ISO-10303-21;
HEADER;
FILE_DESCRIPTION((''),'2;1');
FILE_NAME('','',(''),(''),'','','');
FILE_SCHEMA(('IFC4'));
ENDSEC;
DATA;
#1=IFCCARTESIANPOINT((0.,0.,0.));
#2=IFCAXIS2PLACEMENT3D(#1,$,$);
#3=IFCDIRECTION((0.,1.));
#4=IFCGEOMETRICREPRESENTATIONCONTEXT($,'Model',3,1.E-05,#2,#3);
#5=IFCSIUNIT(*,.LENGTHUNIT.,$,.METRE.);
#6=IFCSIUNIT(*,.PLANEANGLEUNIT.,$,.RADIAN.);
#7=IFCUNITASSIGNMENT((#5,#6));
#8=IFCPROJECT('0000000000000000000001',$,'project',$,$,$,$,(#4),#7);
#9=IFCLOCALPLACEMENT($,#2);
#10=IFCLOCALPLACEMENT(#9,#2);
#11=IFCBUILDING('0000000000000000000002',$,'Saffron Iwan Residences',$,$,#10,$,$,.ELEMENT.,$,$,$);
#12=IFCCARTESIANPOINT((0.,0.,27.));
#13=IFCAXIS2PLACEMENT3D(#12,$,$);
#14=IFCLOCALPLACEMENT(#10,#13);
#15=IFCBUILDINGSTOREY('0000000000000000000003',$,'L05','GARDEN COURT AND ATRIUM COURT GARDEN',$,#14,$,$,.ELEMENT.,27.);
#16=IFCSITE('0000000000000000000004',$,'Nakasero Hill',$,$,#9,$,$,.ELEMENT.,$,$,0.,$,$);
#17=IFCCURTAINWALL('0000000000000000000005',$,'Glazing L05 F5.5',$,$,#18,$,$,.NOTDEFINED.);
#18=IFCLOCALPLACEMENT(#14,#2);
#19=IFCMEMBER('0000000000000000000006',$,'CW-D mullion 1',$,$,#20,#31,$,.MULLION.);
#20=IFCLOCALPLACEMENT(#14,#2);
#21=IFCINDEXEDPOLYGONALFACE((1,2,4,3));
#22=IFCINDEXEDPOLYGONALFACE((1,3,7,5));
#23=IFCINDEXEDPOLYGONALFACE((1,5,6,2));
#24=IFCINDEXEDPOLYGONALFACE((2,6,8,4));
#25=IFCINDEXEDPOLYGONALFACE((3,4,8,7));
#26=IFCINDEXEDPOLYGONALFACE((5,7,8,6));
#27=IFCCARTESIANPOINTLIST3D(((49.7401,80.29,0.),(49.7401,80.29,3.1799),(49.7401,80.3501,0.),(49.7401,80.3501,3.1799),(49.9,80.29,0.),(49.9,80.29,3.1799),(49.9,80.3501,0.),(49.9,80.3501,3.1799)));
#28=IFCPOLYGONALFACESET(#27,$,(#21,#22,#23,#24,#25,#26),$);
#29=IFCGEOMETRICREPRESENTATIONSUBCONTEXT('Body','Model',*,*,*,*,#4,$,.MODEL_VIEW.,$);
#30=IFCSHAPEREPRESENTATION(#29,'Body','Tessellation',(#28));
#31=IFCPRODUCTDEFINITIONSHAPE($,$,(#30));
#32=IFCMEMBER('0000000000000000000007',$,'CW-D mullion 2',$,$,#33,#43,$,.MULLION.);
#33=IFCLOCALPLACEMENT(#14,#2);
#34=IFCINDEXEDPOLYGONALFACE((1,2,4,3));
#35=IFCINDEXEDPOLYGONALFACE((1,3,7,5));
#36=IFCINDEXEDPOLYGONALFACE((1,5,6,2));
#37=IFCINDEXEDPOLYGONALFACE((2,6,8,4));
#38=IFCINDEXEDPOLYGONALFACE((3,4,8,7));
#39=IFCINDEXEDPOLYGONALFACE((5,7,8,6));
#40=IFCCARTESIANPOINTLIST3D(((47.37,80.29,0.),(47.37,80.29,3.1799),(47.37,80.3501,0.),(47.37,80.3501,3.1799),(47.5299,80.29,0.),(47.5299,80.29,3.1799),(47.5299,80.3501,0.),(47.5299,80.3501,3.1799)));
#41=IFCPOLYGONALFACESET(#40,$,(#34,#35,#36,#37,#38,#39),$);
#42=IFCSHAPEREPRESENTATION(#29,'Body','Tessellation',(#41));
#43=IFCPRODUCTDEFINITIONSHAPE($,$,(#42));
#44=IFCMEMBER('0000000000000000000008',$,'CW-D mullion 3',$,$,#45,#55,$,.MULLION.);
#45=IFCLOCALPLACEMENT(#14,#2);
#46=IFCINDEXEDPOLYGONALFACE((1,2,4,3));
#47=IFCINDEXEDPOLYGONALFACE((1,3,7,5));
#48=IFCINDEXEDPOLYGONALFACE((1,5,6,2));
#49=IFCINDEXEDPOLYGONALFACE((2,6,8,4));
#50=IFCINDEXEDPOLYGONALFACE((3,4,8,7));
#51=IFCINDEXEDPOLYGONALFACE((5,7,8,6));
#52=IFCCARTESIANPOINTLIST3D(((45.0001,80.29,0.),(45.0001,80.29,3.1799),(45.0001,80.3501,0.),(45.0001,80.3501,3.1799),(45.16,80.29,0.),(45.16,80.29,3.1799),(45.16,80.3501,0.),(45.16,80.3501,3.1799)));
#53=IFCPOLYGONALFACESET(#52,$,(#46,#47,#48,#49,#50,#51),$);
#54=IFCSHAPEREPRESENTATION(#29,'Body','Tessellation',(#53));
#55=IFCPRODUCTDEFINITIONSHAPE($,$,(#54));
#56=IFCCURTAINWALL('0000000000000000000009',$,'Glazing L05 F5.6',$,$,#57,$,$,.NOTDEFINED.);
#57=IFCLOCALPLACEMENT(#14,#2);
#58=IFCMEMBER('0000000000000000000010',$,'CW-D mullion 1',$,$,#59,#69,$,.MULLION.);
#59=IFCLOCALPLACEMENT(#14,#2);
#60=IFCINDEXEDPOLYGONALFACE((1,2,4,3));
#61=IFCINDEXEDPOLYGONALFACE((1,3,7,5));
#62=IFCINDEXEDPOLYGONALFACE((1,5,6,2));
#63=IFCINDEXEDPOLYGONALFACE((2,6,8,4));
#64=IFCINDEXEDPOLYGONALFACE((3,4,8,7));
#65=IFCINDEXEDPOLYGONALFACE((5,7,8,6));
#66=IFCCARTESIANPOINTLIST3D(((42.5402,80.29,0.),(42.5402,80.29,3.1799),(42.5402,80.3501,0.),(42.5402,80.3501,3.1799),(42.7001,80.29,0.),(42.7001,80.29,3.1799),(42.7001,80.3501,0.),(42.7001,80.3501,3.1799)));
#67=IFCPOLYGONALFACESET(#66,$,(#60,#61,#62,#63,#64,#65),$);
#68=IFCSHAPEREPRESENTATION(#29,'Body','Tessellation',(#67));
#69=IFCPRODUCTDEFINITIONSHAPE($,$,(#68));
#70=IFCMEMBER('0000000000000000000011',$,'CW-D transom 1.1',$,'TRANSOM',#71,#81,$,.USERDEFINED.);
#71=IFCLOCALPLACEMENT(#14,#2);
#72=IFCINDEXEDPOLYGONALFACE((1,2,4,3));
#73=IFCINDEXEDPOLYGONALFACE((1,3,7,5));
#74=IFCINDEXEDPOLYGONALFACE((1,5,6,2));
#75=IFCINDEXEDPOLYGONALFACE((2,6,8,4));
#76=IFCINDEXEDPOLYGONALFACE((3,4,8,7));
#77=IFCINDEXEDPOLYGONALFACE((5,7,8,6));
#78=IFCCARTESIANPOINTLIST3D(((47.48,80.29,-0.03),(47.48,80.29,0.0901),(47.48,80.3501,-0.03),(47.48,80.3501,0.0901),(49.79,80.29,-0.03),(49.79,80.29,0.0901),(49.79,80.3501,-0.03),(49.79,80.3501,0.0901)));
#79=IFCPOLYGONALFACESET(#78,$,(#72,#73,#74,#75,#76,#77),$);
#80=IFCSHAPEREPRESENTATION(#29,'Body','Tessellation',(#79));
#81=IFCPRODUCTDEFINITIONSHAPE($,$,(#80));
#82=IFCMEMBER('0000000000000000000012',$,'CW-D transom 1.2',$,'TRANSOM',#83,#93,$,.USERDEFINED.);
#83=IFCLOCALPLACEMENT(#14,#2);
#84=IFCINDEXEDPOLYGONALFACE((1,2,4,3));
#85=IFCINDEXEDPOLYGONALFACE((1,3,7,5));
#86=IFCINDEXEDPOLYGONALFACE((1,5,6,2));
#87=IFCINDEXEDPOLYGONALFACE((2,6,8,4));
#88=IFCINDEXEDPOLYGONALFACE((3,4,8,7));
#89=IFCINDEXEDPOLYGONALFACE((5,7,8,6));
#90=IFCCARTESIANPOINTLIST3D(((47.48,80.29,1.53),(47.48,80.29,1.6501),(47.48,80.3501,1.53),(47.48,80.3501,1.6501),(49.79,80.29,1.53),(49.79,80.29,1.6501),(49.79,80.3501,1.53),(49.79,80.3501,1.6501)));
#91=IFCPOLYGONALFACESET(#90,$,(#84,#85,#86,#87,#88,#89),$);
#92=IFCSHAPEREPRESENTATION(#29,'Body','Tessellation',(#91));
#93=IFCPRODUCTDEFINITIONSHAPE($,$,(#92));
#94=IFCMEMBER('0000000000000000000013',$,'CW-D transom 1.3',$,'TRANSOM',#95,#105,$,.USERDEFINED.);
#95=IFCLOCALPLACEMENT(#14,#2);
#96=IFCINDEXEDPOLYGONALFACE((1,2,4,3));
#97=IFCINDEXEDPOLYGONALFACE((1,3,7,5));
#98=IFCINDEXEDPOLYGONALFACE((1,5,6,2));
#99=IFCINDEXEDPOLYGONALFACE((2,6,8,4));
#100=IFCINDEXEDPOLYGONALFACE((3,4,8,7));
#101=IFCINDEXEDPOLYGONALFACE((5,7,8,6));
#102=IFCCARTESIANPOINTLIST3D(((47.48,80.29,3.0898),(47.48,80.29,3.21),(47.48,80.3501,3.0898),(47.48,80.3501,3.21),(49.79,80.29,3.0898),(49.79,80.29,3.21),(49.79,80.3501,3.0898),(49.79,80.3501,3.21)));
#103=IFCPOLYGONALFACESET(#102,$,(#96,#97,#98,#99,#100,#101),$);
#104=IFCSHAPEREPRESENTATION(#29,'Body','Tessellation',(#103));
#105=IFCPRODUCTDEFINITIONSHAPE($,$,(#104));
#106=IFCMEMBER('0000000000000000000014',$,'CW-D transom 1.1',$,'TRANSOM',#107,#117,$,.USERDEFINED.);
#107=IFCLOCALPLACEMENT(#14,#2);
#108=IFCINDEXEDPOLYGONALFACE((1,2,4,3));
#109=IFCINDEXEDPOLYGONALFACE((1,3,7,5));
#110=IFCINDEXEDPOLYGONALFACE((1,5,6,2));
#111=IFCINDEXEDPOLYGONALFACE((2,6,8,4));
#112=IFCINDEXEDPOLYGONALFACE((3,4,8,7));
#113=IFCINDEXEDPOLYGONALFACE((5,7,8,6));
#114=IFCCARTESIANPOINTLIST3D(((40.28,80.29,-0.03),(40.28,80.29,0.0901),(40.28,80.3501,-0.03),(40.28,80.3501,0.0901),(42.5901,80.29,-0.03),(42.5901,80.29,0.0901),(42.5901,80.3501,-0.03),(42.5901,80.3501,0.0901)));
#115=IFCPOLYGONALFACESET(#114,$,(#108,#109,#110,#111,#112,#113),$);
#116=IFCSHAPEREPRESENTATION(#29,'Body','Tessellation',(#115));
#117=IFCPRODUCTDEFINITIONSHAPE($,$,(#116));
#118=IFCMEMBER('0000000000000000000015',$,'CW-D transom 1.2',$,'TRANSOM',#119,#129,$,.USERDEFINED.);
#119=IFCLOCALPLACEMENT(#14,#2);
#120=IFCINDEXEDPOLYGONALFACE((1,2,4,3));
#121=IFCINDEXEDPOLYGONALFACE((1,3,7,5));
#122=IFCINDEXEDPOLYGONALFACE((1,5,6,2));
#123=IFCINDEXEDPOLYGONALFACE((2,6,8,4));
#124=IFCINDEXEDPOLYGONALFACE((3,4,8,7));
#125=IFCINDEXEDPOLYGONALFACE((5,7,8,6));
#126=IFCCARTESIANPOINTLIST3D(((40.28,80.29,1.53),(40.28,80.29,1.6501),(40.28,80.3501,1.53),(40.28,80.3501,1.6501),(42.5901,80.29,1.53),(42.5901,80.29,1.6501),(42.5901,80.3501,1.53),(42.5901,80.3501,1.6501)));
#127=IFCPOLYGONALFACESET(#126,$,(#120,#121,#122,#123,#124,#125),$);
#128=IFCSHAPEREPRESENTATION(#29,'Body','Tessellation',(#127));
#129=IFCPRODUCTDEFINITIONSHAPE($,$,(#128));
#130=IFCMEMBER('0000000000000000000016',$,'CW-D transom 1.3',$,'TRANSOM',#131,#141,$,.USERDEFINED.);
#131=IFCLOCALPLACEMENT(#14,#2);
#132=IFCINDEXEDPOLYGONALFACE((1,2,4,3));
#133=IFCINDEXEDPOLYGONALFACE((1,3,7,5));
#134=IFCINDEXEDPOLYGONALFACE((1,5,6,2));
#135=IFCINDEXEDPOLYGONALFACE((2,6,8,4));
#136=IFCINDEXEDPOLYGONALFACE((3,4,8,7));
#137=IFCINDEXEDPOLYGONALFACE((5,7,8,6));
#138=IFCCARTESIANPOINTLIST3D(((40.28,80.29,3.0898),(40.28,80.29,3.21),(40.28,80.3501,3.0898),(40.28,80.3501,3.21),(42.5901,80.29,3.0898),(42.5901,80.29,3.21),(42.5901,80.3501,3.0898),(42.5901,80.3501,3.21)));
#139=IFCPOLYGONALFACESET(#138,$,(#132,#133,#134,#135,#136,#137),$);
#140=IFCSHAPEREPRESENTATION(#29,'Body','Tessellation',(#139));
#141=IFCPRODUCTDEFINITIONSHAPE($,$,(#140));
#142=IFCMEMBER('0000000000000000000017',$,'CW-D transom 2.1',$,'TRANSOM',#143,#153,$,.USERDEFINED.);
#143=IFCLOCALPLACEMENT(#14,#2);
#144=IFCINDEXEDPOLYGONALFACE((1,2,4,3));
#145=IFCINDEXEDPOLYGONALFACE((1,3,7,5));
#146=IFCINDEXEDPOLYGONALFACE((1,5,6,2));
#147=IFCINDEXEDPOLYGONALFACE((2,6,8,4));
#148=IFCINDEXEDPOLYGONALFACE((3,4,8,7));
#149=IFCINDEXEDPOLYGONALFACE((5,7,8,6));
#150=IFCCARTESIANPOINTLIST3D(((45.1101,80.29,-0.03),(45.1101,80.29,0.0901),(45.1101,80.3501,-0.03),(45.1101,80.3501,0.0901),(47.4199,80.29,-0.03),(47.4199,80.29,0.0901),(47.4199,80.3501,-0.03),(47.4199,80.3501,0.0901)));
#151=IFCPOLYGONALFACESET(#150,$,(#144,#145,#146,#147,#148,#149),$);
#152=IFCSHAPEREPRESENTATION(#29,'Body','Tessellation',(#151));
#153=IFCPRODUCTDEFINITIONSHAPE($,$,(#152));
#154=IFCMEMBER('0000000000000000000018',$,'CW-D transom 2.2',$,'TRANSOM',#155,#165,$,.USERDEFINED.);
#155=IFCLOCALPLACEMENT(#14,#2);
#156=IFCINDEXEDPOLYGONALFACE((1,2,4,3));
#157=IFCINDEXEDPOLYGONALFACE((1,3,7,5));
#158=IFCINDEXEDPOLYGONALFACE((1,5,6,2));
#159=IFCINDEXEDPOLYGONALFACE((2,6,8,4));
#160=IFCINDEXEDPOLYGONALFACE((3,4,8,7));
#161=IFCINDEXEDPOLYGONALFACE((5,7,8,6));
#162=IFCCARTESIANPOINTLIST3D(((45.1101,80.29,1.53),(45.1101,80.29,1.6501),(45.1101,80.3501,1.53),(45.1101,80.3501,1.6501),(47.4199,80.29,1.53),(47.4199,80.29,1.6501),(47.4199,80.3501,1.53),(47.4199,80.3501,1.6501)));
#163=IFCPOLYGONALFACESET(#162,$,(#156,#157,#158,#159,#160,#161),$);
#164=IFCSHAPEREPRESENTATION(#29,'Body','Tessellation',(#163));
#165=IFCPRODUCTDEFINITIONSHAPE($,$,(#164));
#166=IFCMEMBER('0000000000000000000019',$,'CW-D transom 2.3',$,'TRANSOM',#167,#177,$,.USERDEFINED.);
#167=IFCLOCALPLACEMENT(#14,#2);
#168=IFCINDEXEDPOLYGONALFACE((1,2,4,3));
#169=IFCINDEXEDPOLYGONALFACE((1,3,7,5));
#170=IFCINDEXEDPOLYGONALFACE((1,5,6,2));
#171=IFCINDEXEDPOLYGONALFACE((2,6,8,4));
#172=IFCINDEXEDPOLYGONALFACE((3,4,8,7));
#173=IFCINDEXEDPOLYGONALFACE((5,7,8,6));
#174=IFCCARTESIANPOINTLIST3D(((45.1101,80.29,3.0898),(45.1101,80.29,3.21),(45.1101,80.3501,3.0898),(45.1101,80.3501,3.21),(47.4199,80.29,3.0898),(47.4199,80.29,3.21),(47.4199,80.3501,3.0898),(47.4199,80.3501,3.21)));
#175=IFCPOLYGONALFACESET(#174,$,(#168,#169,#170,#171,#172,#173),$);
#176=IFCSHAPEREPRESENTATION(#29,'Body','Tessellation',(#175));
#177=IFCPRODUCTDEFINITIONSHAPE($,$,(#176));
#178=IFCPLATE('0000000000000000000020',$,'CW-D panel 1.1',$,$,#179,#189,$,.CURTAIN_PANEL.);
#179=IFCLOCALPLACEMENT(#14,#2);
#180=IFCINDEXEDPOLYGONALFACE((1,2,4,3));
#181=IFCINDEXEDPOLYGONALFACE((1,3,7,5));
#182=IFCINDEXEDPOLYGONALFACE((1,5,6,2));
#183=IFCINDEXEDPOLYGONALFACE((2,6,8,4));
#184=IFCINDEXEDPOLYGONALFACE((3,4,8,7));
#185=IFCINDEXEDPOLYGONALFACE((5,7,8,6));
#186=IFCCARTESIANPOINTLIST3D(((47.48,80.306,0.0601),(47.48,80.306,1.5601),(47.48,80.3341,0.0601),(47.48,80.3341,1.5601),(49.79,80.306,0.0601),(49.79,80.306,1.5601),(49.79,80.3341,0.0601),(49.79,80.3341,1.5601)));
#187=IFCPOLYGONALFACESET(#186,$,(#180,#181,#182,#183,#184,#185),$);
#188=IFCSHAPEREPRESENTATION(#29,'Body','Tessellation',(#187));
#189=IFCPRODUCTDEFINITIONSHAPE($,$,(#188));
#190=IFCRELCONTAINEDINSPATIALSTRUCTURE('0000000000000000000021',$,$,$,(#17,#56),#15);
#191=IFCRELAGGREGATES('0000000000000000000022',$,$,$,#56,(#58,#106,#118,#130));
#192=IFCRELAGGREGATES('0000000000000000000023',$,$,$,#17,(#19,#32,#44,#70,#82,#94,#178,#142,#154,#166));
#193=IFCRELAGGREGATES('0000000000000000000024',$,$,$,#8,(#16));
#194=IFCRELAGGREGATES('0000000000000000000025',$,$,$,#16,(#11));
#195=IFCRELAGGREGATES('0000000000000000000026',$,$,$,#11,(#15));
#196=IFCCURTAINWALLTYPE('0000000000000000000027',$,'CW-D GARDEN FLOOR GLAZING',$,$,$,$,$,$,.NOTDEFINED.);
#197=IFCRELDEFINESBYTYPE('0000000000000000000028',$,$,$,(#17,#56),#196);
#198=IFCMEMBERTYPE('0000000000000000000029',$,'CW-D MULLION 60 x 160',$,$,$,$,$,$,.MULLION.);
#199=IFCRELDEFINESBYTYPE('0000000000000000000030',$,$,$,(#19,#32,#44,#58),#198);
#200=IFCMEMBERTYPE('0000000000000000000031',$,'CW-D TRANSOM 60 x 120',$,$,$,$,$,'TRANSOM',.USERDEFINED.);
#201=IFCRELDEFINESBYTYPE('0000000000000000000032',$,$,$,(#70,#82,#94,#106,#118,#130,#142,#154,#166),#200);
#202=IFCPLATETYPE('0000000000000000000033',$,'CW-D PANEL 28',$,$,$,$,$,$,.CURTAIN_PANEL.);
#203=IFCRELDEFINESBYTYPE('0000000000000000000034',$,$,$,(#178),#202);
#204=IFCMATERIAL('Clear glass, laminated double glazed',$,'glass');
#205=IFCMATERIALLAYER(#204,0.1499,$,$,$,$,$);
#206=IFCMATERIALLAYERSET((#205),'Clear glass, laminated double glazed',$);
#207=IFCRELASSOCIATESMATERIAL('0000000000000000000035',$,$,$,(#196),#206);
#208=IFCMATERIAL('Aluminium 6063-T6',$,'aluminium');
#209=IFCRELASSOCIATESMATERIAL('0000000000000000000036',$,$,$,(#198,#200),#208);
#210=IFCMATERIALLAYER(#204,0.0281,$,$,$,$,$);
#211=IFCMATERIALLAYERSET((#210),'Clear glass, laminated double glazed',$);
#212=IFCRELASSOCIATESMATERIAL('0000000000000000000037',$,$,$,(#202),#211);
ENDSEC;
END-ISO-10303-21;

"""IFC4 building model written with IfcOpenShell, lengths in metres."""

from ifc_helpers import new_model, si_unit, direction, frame, origin, origin_2d, place, context, subcontext, project, spatial, rectangle, extrude, source, transform, mapped, material, layer, layer_set, material_profile, profile_set, type_object, element, aggregate, save


model = new_model("IFC4")

# Units and contexts
model_context = context("Model", 3, precision=1e-05, world=origin(), true_north=direction((0.0, 1.0)))
body_context = subcontext(model_context, "Body", "Model", "MODEL_VIEW")
ifc_project = project(units=[si_unit("LENGTHUNIT", "METRE"), si_unit("PLANEANGLEUNIT", "RADIAN")], contexts=[model_context])

# Site, building, storey
site_placement = place(None, origin())
site = spatial("IfcSite", under=ifc_project, at=site_placement, Name="Nakasero Hill", CompositionType="ELEMENT", RefElevation=0.0)
building_placement = place(site_placement, origin())
building = spatial("IfcBuilding", under=site, at=building_placement, Name="Saffron Iwan Residences", CompositionType="ELEMENT")
storey_placement = place(building_placement, frame((0.0, 0.0, 27.0)))
storey = spatial("IfcBuildingStorey", under=building, at=storey_placement, Name="L05", Description="GARDEN COURT AND ATRIUM COURT GARDEN", CompositionType="ELEMENT", Elevation=27.0)

# Curtain wall, members
ifc_material_1 = material(Name="Clear glass, laminated double glazed", Category="glass")
ifc_layer_1 = layer(ifc_material_1, 0.1499)
ifc_layer_set_1 = layer_set([ifc_layer_1], Name="Clear glass, laminated double glazed")
curtain_wall_type = type_object("IfcCurtainWallType", Name="CW-D GARDEN FLOOR GLAZING", PredefinedType="NOTDEFINED", material=ifc_layer_set_1)
curtain_wall_1_placement = place(storey_placement, origin())
curtain_wall_1 = element("IfcCurtainWall", 1, at=curtain_wall_1_placement, inside=storey, type_object=curtain_wall_type, Name="Glazing L05 F5.5", PredefinedType="NOTDEFINED")
ifc_material_2 = material(Name="Aluminium 6063-T6", Category="aluminium")
ifc_material_profile_1 = material_profile(ifc_material_2, rectangle(XDim=0.0601, YDim=0.1599, at=origin_2d()), Name="CW-D MULLION 60 x 160")
ifc_profile_set_1 = profile_set([ifc_material_profile_1], Name="Aluminium 6063-T6")
member_type_1 = type_object("IfcMemberType", Name="CW-D MULLION 60 x 160", PredefinedType="MULLION", material=ifc_profile_set_1)
shared_shape_1 = source(origin(), body_context, "Body", "SweptSolid", [
    extrude(rectangle(XDim=0.0601, YDim=0.1599, at=origin_2d()), origin(), (0.0, 0.0, 1.0), 3.1799),
])
member_1_placement = place(storey_placement, frame((49.8201, 80.3201, 0.0), z_axis=(0.0, 0.0, 1.0), x_axis=(0.0, -1.0, 0.0)))
member_1 = element("IfcMember", 2, at=member_1_placement, type_object=member_type_1, Name="CW-D mullion 1", PredefinedType="MULLION", context=body_context, shape_type="MappedRepresentation", body=[
    mapped(shared_shape_1, transform((0.0, 0.0, 0.0))),
])
member_2_placement = place(storey_placement, frame((47.45, 80.3201, 0.0), z_axis=(0.0, 0.0, 1.0), x_axis=(0.0, -1.0, 0.0)))
member_2 = element("IfcMember", 3, at=member_2_placement, type_object=member_type_1, Name="CW-D mullion 2", PredefinedType="MULLION", context=body_context, shape_type="MappedRepresentation", body=[
    mapped(shared_shape_1, transform((0.0, 0.0, 0.0))),
])
member_3_placement = place(storey_placement, frame((45.0801, 80.3201, 0.0), z_axis=(0.0, 0.0, 1.0), x_axis=(0.0, -1.0, 0.0)))
member_3 = element("IfcMember", 4, at=member_3_placement, type_object=member_type_1, Name="CW-D mullion 3", PredefinedType="MULLION", context=body_context, shape_type="MappedRepresentation", body=[
    mapped(shared_shape_1, transform((0.0, 0.0, 0.0))),
])

# Curtain wall, member
curtain_wall_2_placement = place(storey_placement, origin())
curtain_wall_2 = element("IfcCurtainWall", 5, at=curtain_wall_2_placement, inside=storey, type_object=curtain_wall_type, Name="Glazing L05 F5.6", PredefinedType="NOTDEFINED")
member_4_placement = place(storey_placement, frame((42.6201, 80.3201, 0.0), z_axis=(0.0, 0.0, 1.0), x_axis=(0.0, -1.0, 0.0)))
member_4 = element("IfcMember", 6, at=member_4_placement, type_object=member_type_1, Name="CW-D mullion 1", PredefinedType="MULLION", context=body_context, shape_type="MappedRepresentation", body=[
    mapped(shared_shape_1, transform((0.0, 0.0, 0.0))),
])

# Members
ifc_material_profile_2 = material_profile(ifc_material_2, rectangle(XDim=0.0601, YDim=0.1201, at=origin_2d()), Name="CW-D TRANSOM 60 x 120")
ifc_profile_set_2 = profile_set([ifc_material_profile_2], Name="Aluminium 6063-T6")
member_type_2 = type_object("IfcMemberType", Name="CW-D TRANSOM 60 x 120", ElementType="TRANSOM", PredefinedType="USERDEFINED", material=ifc_profile_set_2)
shared_shape_2 = source(origin(), body_context, "Body", "SweptSolid", [
    extrude(rectangle(XDim=0.0601, YDim=0.1201, at=origin_2d()), origin(), (0.0, 0.0, 1.0), 2.3101),
])
member_5_placement = place(storey_placement, frame((49.79, 80.3201, 0.03), z_axis=(-1.0, 0.0, 0.0), x_axis=(0.0, -1.0, 0.0)))
member_5 = element("IfcMember", 7, at=member_5_placement, type_object=member_type_2, Name="CW-D transom 1.1", ObjectType="TRANSOM", PredefinedType="USERDEFINED", context=body_context, shape_type="MappedRepresentation", body=[
    mapped(shared_shape_2, transform((0.0, 0.0, 0.0))),
])
member_6_placement = place(storey_placement, frame((49.79, 80.3201, 1.5901), z_axis=(-1.0, 0.0, 0.0), x_axis=(0.0, -1.0, 0.0)))
member_6 = element("IfcMember", 8, at=member_6_placement, type_object=member_type_2, Name="CW-D transom 1.2", ObjectType="TRANSOM", PredefinedType="USERDEFINED", context=body_context, shape_type="MappedRepresentation", body=[
    mapped(shared_shape_2, transform((0.0, 0.0, 0.0))),
])
member_7_placement = place(storey_placement, frame((49.79, 80.3201, 3.1499), z_axis=(-1.0, 0.0, 0.0), x_axis=(0.0, -1.0, 0.0)))
member_7 = element("IfcMember", 9, at=member_7_placement, type_object=member_type_2, Name="CW-D transom 1.3", ObjectType="TRANSOM", PredefinedType="USERDEFINED", context=body_context, shape_type="MappedRepresentation", body=[
    mapped(shared_shape_2, transform((0.0, 0.0, 0.0))),
])
member_8_placement = place(storey_placement, frame((42.5901, 80.3201, 0.03), z_axis=(-1.0, 0.0, 0.0), x_axis=(0.0, -1.0, 0.0)))
member_8 = element("IfcMember", 10, at=member_8_placement, type_object=member_type_2, Name="CW-D transom 1.1", ObjectType="TRANSOM", PredefinedType="USERDEFINED", context=body_context, shape_type="MappedRepresentation", body=[
    mapped(shared_shape_2, transform((0.0, 0.0, 0.0))),
])
member_9_placement = place(storey_placement, frame((42.5901, 80.3201, 1.5901), z_axis=(-1.0, 0.0, 0.0), x_axis=(0.0, -1.0, 0.0)))
member_9 = element("IfcMember", 11, at=member_9_placement, type_object=member_type_2, Name="CW-D transom 1.2", ObjectType="TRANSOM", PredefinedType="USERDEFINED", context=body_context, shape_type="MappedRepresentation", body=[
    mapped(shared_shape_2, transform((0.0, 0.0, 0.0))),
])
member_10_placement = place(storey_placement, frame((42.5901, 80.3201, 3.1499), z_axis=(-1.0, 0.0, 0.0), x_axis=(0.0, -1.0, 0.0)))
member_10 = element("IfcMember", 12, at=member_10_placement, type_object=member_type_2, Name="CW-D transom 1.3", ObjectType="TRANSOM", PredefinedType="USERDEFINED", context=body_context, shape_type="MappedRepresentation", body=[
    mapped(shared_shape_2, transform((0.0, 0.0, 0.0))),
])
aggregate(curtain_wall_2, [member_4, member_8, member_9, member_10])
shared_shape_3 = source(origin(), body_context, "Body", "SweptSolid", [
    extrude(rectangle(XDim=0.0601, YDim=0.1201, at=origin_2d()), origin(), (0.0, 0.0, 1.0), 2.3098),
])
member_11_placement = place(storey_placement, frame((47.4199, 80.3201, 0.03), z_axis=(-1.0, 0.0, 0.0), x_axis=(0.0, -1.0, 0.0)))
member_11 = element("IfcMember", 13, at=member_11_placement, type_object=member_type_2, Name="CW-D transom 2.1", ObjectType="TRANSOM", PredefinedType="USERDEFINED", context=body_context, shape_type="MappedRepresentation", body=[
    mapped(shared_shape_3, transform((0.0, 0.0, 0.0))),
])
member_12_placement = place(storey_placement, frame((47.4199, 80.3201, 1.5901), z_axis=(-1.0, 0.0, 0.0), x_axis=(0.0, -1.0, 0.0)))
member_12 = element("IfcMember", 14, at=member_12_placement, type_object=member_type_2, Name="CW-D transom 2.2", ObjectType="TRANSOM", PredefinedType="USERDEFINED", context=body_context, shape_type="MappedRepresentation", body=[
    mapped(shared_shape_3, transform((0.0, 0.0, 0.0))),
])
member_13_placement = place(storey_placement, frame((47.4199, 80.3201, 3.1499), z_axis=(-1.0, 0.0, 0.0), x_axis=(0.0, -1.0, 0.0)))
member_13 = element("IfcMember", 15, at=member_13_placement, type_object=member_type_2, Name="CW-D transom 2.3", ObjectType="TRANSOM", PredefinedType="USERDEFINED", context=body_context, shape_type="MappedRepresentation", body=[
    mapped(shared_shape_3, transform((0.0, 0.0, 0.0))),
])

# Plate
ifc_layer_2 = layer(ifc_material_1, 0.0281)
ifc_layer_set_2 = layer_set([ifc_layer_2], Name="Clear glass, laminated double glazed")
plate_type = type_object("IfcPlateType", Name="CW-D PANEL 28", PredefinedType="CURTAIN_PANEL", material=ifc_layer_set_2)
shared_shape_4 = source(origin(), body_context, "Body", "SweptSolid", [
    extrude(rectangle(XDim=2.3101, YDim=0.0281, at=origin_2d()), origin(), (0.0, 0.0, 1.0), 1.5),
])
plate_1_placement = place(storey_placement, frame((48.635, 80.3201, 0.0601), z_axis=(0.0, 0.0, 1.0), x_axis=(-1.0, 0.0, 0.0)))
plate_1 = element("IfcPlate", 16, at=plate_1_placement, type_object=plate_type, Name="CW-D panel 1.1", PredefinedType="CURTAIN_PANEL", context=body_context, shape_type="MappedRepresentation", body=[
    mapped(shared_shape_4, transform((0.0, 0.0, 0.0))),
])
aggregate(curtain_wall_1, [member_1, member_2, member_3, member_5, member_6, member_7, plate_1, member_11, member_12, member_13])

save(model, "model.ifc")
